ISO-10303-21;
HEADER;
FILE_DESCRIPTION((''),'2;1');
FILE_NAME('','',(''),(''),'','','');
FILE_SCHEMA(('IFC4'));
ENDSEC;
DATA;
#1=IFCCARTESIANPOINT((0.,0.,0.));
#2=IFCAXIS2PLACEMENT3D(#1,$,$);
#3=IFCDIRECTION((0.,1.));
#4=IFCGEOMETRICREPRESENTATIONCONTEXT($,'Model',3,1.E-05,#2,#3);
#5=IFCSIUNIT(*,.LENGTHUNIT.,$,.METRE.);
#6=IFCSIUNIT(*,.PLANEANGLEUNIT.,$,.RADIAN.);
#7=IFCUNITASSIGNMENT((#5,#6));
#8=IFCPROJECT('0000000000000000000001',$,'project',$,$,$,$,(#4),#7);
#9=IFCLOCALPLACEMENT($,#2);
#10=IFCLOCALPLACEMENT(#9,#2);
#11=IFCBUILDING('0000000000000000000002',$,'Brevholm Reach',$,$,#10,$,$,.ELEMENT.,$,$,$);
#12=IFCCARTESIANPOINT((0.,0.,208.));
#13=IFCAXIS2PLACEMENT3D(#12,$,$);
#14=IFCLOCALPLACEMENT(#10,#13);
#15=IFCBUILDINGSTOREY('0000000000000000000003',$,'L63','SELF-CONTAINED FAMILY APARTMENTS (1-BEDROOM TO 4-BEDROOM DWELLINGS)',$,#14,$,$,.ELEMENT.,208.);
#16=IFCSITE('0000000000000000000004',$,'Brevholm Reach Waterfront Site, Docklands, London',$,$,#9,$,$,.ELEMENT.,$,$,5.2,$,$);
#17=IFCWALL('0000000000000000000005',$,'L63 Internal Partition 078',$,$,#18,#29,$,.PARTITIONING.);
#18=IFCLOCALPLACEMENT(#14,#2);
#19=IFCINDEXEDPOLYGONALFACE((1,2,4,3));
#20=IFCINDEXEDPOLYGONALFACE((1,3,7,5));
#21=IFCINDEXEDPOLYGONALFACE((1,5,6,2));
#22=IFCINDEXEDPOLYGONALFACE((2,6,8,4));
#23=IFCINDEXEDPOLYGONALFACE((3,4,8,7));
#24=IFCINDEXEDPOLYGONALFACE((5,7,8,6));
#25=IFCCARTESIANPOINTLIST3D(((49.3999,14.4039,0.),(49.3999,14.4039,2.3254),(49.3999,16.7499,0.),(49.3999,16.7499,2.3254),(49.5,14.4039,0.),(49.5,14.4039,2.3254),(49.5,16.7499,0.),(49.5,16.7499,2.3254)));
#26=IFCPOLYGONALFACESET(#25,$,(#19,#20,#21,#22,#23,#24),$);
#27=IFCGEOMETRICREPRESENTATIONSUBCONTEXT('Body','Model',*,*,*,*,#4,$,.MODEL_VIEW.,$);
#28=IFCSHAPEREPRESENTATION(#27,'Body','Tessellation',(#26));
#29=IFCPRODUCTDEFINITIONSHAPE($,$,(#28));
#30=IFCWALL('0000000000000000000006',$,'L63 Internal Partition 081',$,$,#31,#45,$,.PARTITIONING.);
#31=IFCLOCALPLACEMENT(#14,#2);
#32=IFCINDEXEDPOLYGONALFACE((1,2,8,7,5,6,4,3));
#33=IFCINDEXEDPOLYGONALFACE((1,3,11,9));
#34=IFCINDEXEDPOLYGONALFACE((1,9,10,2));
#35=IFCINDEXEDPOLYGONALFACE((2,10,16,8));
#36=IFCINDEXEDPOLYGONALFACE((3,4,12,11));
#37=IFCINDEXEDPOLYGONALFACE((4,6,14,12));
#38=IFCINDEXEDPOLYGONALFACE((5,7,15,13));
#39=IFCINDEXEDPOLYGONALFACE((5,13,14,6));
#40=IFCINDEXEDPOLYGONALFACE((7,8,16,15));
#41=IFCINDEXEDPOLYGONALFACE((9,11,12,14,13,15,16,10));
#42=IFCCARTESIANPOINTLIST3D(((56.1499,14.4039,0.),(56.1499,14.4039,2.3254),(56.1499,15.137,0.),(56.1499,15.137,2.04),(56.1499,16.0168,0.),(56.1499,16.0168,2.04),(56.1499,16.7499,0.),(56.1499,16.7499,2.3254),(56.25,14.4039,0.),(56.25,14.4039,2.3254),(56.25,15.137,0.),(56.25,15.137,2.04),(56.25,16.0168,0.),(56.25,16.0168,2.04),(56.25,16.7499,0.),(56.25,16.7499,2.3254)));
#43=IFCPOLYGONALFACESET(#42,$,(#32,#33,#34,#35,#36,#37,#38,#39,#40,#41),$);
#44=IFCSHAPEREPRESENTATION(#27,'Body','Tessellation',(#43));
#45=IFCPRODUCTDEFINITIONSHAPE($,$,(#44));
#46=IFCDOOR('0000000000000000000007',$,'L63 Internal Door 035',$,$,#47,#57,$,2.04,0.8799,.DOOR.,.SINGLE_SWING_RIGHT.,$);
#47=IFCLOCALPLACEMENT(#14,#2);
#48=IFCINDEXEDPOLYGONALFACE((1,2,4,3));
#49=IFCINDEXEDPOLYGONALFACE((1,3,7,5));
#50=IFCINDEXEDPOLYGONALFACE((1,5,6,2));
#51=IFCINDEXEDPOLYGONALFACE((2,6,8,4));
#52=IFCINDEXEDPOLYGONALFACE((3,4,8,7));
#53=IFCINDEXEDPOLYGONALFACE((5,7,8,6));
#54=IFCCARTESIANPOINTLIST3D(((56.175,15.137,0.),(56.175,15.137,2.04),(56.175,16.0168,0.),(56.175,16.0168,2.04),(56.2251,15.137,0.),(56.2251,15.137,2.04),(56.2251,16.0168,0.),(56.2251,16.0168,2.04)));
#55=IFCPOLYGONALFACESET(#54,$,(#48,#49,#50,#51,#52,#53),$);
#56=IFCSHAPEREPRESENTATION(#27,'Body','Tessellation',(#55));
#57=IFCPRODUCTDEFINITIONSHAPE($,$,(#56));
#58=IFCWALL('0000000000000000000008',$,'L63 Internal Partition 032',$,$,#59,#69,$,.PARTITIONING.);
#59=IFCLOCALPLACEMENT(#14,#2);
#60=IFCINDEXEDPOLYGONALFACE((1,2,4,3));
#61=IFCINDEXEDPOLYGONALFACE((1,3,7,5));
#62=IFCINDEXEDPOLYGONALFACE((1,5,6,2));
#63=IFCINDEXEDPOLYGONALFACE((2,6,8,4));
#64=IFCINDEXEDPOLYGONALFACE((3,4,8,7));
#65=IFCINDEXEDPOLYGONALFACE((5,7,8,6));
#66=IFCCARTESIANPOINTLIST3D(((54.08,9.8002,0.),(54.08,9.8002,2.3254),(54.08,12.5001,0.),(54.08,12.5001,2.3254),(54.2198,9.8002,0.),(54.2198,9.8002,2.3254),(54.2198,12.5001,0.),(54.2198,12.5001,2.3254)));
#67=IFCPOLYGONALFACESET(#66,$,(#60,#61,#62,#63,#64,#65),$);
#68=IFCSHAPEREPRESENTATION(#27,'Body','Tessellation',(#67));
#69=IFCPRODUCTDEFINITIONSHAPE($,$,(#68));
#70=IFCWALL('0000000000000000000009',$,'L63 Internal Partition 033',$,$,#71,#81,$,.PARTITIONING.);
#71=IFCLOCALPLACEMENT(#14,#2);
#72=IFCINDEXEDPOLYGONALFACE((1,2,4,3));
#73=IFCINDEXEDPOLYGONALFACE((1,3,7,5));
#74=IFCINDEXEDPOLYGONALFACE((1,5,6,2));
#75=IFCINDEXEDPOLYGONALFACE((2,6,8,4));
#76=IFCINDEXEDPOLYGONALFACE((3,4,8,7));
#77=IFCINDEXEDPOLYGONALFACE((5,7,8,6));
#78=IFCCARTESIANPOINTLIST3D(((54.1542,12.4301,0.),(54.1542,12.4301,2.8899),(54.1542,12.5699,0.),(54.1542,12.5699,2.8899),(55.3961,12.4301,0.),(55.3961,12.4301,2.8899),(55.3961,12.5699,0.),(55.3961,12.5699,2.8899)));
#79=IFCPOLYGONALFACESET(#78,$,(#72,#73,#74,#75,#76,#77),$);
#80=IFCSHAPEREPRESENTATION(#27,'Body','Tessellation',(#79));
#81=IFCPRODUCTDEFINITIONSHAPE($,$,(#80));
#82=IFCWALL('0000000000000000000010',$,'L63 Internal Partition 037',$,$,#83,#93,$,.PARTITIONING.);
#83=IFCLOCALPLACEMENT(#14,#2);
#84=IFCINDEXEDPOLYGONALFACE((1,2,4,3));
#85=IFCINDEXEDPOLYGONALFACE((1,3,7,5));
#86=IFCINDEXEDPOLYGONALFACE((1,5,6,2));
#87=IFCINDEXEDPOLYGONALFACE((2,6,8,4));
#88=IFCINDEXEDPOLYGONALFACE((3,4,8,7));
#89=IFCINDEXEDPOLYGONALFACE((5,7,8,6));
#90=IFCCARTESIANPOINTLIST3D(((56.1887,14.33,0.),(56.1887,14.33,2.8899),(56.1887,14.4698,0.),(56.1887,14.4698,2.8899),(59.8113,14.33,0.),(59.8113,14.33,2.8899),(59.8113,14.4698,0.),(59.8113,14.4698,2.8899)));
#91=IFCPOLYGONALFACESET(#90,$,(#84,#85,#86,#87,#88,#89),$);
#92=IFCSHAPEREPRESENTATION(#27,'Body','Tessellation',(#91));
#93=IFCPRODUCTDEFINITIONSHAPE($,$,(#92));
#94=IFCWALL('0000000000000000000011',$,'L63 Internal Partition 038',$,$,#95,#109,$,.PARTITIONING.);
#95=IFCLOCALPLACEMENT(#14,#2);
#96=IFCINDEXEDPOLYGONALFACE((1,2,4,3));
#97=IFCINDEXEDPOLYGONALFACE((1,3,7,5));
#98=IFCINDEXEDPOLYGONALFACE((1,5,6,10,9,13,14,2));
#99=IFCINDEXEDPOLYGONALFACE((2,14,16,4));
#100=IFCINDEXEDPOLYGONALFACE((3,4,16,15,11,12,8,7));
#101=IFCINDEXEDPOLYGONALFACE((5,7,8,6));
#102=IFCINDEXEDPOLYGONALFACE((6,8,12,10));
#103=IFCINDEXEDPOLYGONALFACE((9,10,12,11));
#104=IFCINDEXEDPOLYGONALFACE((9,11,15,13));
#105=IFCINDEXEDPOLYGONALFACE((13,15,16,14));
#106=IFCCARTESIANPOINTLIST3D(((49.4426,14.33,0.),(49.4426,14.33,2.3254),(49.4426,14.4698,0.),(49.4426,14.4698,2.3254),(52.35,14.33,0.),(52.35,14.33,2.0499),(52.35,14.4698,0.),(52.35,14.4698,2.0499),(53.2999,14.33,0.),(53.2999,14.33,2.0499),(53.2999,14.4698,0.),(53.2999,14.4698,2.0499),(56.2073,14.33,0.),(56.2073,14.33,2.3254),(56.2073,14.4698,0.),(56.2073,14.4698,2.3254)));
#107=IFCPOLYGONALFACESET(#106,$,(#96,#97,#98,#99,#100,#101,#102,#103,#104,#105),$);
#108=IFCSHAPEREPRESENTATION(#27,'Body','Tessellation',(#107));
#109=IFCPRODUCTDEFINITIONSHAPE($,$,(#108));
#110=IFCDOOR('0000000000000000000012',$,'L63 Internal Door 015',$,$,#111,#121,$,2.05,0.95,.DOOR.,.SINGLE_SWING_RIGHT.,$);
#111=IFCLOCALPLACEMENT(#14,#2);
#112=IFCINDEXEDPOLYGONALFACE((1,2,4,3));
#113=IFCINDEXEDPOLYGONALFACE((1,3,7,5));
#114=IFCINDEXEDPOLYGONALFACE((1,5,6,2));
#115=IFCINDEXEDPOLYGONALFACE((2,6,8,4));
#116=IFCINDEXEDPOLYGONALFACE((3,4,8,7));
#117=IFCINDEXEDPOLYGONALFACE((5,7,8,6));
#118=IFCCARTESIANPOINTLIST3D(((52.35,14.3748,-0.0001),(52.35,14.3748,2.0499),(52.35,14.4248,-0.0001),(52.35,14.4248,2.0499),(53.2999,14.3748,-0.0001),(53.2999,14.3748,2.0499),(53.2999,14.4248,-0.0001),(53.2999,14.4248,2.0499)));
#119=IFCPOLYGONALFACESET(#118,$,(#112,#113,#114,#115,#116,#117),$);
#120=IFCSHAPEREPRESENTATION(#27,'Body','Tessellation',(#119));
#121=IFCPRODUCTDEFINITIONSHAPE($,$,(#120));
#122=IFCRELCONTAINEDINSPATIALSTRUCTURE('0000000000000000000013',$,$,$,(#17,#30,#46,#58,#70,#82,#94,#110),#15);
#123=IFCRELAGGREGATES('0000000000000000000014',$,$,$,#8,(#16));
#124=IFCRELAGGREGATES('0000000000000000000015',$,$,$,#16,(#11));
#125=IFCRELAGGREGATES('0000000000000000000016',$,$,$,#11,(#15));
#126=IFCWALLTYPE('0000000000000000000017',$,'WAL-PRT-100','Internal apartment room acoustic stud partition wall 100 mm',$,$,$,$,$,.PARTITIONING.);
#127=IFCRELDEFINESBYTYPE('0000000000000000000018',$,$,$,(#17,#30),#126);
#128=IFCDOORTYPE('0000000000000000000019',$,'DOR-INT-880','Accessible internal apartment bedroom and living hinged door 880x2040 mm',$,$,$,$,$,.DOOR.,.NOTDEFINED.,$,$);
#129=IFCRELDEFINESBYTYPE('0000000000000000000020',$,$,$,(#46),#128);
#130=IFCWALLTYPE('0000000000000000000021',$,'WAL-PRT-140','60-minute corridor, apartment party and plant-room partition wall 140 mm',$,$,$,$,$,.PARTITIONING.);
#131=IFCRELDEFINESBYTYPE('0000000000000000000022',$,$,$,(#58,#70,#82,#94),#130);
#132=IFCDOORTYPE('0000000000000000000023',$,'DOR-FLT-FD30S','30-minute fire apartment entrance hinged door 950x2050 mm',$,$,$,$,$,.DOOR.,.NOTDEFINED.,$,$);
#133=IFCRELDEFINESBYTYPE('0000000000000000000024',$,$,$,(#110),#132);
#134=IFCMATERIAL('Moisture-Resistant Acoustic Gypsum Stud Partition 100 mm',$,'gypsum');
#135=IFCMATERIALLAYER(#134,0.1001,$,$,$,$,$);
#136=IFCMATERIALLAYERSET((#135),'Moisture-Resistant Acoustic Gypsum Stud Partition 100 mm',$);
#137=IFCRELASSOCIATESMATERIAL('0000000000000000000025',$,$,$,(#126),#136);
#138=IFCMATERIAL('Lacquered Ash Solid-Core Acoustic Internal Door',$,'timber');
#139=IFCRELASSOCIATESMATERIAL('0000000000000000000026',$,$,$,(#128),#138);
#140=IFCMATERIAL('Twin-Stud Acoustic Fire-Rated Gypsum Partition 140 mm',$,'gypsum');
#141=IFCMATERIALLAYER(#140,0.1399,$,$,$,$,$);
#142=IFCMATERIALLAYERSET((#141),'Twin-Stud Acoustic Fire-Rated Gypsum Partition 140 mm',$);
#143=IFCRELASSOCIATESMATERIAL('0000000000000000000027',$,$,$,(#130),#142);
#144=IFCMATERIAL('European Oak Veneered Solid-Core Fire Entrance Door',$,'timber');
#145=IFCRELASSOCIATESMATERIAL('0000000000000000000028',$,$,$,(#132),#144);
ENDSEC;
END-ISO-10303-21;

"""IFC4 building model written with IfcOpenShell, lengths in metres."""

from ifc_helpers import new_model, si_unit, direction, frame, frame_2d, origin, place, context, subcontext, project, spatial, rectangle, extrude, material, layer, layer_set, type_object, element, fill, save


model = new_model("IFC4")

# Units and contexts
model_context = context("Model", 3, precision=1e-05, world=origin(), true_north=direction((0.0, 1.0)))
body_context = subcontext(model_context, "Body", "Model", "MODEL_VIEW")
ifc_project = project(units=[si_unit("LENGTHUNIT", "METRE"), si_unit("PLANEANGLEUNIT", "RADIAN")], contexts=[model_context])

# Site, building, storey
site_placement = place(None, origin())
site = spatial("IfcSite", under=ifc_project, at=site_placement, Name="Brevholm Reach Waterfront Site, Docklands, London", CompositionType="ELEMENT", RefElevation=5.2)
building_placement = place(site_placement, origin())
building = spatial("IfcBuilding", under=site, at=building_placement, Name="Brevholm Reach", CompositionType="ELEMENT")
storey_placement = place(building_placement, frame((0.0, 0.0, 208.0)))
storey = spatial("IfcBuildingStorey", under=building, at=storey_placement, Name="L63", Description="SELF-CONTAINED FAMILY APARTMENTS (1-BEDROOM TO 4-BEDROOM DWELLINGS)", CompositionType="ELEMENT", Elevation=208.0)

# Wall
ifc_material_1 = material(Name="Moisture-Resistant Acoustic Gypsum Stud Partition 100 mm", Category="gypsum")
ifc_layer_1 = layer(ifc_material_1, 0.1001)
ifc_layer_set_1 = layer_set([ifc_layer_1], Name="Moisture-Resistant Acoustic Gypsum Stud Partition 100 mm")
wall_type_1 = type_object("IfcWallType", Name="WAL-PRT-100", Description="Internal apartment room acoustic stud partition wall 100 mm", PredefinedType="PARTITIONING", material=ifc_layer_set_1)
wall_1_placement = place(storey_placement, frame((49.45, 14.4041, 0.0), z_axis=(0.0, 0.0, 1.0), x_axis=(0.0, 1.0, 0.0)))
element("IfcWall", 1, at=wall_1_placement, inside=storey, type_object=wall_type_1, Name="L63 Internal Partition 078", PredefinedType="PARTITIONING", context=body_context, shape_type="SweptSolid", body=[
    extrude(rectangle(XDim=2.3459, YDim=0.1001, at=frame_2d((1.1729, 0.0))), origin(), (0.0, 0.0, 1.0), 2.3254),
])

# Wall, opening, door
wall_2_placement = place(storey_placement, frame((56.2, 14.4041, 0.0), z_axis=(0.0, 0.0, 1.0), x_axis=(0.0, 1.0, 0.0)))
wall_2 = element("IfcWall", 2, at=wall_2_placement, inside=storey, type_object=wall_type_1, Name="L63 Internal Partition 081", PredefinedType="PARTITIONING", context=body_context, shape_type="SweptSolid", body=[
    extrude(rectangle(XDim=2.3459, YDim=0.1001, at=frame_2d((1.1729, 0.0))), origin(), (0.0, 0.0, 1.0), 2.3254),
])
opening_1_placement = place(wall_2_placement, frame((0.7329, 0.0, 0.0)))
opening_1 = element("IfcOpeningElement", 3, at=opening_1_placement, cuts=wall_2, PredefinedType="OPENING", context=body_context, shape_type="SweptSolid", body=[
    extrude(rectangle(XDim=0.8799, YDim=2.04, at=frame_2d((0.4399, 1.02))), frame((0.0, 0.0601, 0.0), z_axis=(0.0, -1.0, 0.0), x_axis=(1.0, 0.0, 0.0)), (0.0, 0.0, 1.0), 0.1201),
])
ifc_material_2 = material(Name="Lacquered Ash Solid-Core Acoustic Internal Door", Category="timber")
door_type_1 = type_object("IfcDoorType", Name="DOR-INT-880", Description="Accessible internal apartment bedroom and living hinged door 880x2040 mm", OperationType="NOTDEFINED", PredefinedType="DOOR", material=ifc_material_2)
door_1_placement = place(opening_1_placement, origin())
door_1 = element("IfcDoor", 4, at=door_1_placement, inside=storey, type_object=door_type_1, Name="L63 Internal Door 035", OperationType="SINGLE_SWING_RIGHT", OverallHeight=2.04, OverallWidth=0.8799, PredefinedType="DOOR", context=body_context, shape_type="SweptSolid", body=[
    extrude(rectangle(XDim=0.8799, YDim=2.04, at=frame_2d((0.4399, 1.02))), frame((0.0, 0.0249, 0.0), z_axis=(0.0, -1.0, 0.0), x_axis=(1.0, 0.0, 0.0)), (0.0, 0.0, 1.0), 0.05),
])
fill(opening_1, door_1)

# Walls
ifc_material_3 = material(Name="Twin-Stud Acoustic Fire-Rated Gypsum Partition 140 mm", Category="gypsum")
ifc_layer_2 = layer(ifc_material_3, 0.1399)
ifc_layer_set_2 = layer_set([ifc_layer_2], Name="Twin-Stud Acoustic Fire-Rated Gypsum Partition 140 mm")
wall_type_2 = type_object("IfcWallType", Name="WAL-PRT-140", Description="60-minute corridor, apartment party and plant-room partition wall 140 mm", PredefinedType="PARTITIONING", material=ifc_layer_set_2)
wall_3_placement = place(storey_placement, frame((54.1499, 9.8, 0.0), z_axis=(0.0, 0.0, 1.0), x_axis=(0.0, 1.0, 0.0)))
element("IfcWall", 5, at=wall_3_placement, inside=storey, type_object=wall_type_2, Name="L63 Internal Partition 032", PredefinedType="PARTITIONING", context=body_context, shape_type="SweptSolid", body=[
    extrude(rectangle(XDim=2.7, YDim=0.1399, at=frame_2d((1.3501, 0.0))), origin(), (0.0, 0.0, 1.0), 2.3254),
])
wall_4_placement = place(storey_placement, frame((54.1541, 12.5, 0.0), z_axis=(0.0, 0.0, 1.0), x_axis=(1.0, 0.0, 0.0)))
element("IfcWall", 6, at=wall_4_placement, inside=storey, type_object=wall_type_2, Name="L63 Internal Partition 033", PredefinedType="PARTITIONING", context=body_context, shape_type="SweptSolid", body=[
    extrude(rectangle(XDim=1.2419, YDim=0.1399, at=frame_2d((0.6211, 0.0))), origin(), (0.0, 0.0, 1.0), 2.8899),
])
wall_5_placement = place(storey_placement, frame((56.1887, 14.3999, 0.0), z_axis=(0.0, 0.0, 1.0), x_axis=(1.0, 0.0, 0.0)))
element("IfcWall", 7, at=wall_5_placement, inside=storey, type_object=wall_type_2, Name="L63 Internal Partition 037", PredefinedType="PARTITIONING", context=body_context, shape_type="SweptSolid", body=[
    extrude(rectangle(XDim=3.6226, YDim=0.1399, at=frame_2d((1.8113, 0.0))), origin(), (0.0, 0.0, 1.0), 2.8899),
])

# Wall, opening, door
wall_6_placement = place(storey_placement, frame((49.4426, 14.3999, 0.0), z_axis=(0.0, 0.0, 1.0), x_axis=(1.0, 0.0, 0.0)))
wall_6 = element("IfcWall", 8, at=wall_6_placement, inside=storey, type_object=wall_type_2, Name="L63 Internal Partition 038", PredefinedType="PARTITIONING", context=body_context, shape_type="SweptSolid", body=[
    extrude(rectangle(XDim=6.7646, YDim=0.1399, at=frame_2d((3.3823, 0.0))), origin(), (0.0, 0.0, 1.0), 2.3254),
])
opening_2_placement = place(wall_6_placement, frame((2.9072, 0.0, 0.0)))
opening_2 = element("IfcOpeningElement", 9, at=opening_2_placement, cuts=wall_6, PredefinedType="OPENING", context=body_context, shape_type="SweptSolid", body=[
    extrude(rectangle(XDim=0.95, YDim=2.05, at=frame_2d((0.4751, 1.0249))), frame((0.0, 0.0798, 0.0), z_axis=(0.0, -1.0, 0.0), x_axis=(1.0, 0.0, 0.0)), (0.0, 0.0, 1.0), 0.1599),
])
ifc_material_4 = material(Name="European Oak Veneered Solid-Core Fire Entrance Door", Category="timber")
door_type_2 = type_object("IfcDoorType", Name="DOR-FLT-FD30S", Description="30-minute fire apartment entrance hinged door 950x2050 mm", OperationType="NOTDEFINED", PredefinedType="DOOR", material=ifc_material_4)
door_2_placement = place(opening_2_placement, origin())
door_2 = element("IfcDoor", 10, at=door_2_placement, inside=storey, type_object=door_type_2, Name="L63 Internal Door 015", OperationType="SINGLE_SWING_RIGHT", OverallHeight=2.05, OverallWidth=0.95, PredefinedType="DOOR", context=body_context, shape_type="SweptSolid", body=[
    extrude(rectangle(XDim=0.95, YDim=2.05, at=frame_2d((0.4751, 1.0249))), frame((0.0, 0.0249, 0.0), z_axis=(0.0, -1.0, 0.0), x_axis=(1.0, 0.0, 0.0)), (0.0, 0.0, 1.0), 0.05),
])
fill(opening_2, door_2)

save(model, "model.ifc")
